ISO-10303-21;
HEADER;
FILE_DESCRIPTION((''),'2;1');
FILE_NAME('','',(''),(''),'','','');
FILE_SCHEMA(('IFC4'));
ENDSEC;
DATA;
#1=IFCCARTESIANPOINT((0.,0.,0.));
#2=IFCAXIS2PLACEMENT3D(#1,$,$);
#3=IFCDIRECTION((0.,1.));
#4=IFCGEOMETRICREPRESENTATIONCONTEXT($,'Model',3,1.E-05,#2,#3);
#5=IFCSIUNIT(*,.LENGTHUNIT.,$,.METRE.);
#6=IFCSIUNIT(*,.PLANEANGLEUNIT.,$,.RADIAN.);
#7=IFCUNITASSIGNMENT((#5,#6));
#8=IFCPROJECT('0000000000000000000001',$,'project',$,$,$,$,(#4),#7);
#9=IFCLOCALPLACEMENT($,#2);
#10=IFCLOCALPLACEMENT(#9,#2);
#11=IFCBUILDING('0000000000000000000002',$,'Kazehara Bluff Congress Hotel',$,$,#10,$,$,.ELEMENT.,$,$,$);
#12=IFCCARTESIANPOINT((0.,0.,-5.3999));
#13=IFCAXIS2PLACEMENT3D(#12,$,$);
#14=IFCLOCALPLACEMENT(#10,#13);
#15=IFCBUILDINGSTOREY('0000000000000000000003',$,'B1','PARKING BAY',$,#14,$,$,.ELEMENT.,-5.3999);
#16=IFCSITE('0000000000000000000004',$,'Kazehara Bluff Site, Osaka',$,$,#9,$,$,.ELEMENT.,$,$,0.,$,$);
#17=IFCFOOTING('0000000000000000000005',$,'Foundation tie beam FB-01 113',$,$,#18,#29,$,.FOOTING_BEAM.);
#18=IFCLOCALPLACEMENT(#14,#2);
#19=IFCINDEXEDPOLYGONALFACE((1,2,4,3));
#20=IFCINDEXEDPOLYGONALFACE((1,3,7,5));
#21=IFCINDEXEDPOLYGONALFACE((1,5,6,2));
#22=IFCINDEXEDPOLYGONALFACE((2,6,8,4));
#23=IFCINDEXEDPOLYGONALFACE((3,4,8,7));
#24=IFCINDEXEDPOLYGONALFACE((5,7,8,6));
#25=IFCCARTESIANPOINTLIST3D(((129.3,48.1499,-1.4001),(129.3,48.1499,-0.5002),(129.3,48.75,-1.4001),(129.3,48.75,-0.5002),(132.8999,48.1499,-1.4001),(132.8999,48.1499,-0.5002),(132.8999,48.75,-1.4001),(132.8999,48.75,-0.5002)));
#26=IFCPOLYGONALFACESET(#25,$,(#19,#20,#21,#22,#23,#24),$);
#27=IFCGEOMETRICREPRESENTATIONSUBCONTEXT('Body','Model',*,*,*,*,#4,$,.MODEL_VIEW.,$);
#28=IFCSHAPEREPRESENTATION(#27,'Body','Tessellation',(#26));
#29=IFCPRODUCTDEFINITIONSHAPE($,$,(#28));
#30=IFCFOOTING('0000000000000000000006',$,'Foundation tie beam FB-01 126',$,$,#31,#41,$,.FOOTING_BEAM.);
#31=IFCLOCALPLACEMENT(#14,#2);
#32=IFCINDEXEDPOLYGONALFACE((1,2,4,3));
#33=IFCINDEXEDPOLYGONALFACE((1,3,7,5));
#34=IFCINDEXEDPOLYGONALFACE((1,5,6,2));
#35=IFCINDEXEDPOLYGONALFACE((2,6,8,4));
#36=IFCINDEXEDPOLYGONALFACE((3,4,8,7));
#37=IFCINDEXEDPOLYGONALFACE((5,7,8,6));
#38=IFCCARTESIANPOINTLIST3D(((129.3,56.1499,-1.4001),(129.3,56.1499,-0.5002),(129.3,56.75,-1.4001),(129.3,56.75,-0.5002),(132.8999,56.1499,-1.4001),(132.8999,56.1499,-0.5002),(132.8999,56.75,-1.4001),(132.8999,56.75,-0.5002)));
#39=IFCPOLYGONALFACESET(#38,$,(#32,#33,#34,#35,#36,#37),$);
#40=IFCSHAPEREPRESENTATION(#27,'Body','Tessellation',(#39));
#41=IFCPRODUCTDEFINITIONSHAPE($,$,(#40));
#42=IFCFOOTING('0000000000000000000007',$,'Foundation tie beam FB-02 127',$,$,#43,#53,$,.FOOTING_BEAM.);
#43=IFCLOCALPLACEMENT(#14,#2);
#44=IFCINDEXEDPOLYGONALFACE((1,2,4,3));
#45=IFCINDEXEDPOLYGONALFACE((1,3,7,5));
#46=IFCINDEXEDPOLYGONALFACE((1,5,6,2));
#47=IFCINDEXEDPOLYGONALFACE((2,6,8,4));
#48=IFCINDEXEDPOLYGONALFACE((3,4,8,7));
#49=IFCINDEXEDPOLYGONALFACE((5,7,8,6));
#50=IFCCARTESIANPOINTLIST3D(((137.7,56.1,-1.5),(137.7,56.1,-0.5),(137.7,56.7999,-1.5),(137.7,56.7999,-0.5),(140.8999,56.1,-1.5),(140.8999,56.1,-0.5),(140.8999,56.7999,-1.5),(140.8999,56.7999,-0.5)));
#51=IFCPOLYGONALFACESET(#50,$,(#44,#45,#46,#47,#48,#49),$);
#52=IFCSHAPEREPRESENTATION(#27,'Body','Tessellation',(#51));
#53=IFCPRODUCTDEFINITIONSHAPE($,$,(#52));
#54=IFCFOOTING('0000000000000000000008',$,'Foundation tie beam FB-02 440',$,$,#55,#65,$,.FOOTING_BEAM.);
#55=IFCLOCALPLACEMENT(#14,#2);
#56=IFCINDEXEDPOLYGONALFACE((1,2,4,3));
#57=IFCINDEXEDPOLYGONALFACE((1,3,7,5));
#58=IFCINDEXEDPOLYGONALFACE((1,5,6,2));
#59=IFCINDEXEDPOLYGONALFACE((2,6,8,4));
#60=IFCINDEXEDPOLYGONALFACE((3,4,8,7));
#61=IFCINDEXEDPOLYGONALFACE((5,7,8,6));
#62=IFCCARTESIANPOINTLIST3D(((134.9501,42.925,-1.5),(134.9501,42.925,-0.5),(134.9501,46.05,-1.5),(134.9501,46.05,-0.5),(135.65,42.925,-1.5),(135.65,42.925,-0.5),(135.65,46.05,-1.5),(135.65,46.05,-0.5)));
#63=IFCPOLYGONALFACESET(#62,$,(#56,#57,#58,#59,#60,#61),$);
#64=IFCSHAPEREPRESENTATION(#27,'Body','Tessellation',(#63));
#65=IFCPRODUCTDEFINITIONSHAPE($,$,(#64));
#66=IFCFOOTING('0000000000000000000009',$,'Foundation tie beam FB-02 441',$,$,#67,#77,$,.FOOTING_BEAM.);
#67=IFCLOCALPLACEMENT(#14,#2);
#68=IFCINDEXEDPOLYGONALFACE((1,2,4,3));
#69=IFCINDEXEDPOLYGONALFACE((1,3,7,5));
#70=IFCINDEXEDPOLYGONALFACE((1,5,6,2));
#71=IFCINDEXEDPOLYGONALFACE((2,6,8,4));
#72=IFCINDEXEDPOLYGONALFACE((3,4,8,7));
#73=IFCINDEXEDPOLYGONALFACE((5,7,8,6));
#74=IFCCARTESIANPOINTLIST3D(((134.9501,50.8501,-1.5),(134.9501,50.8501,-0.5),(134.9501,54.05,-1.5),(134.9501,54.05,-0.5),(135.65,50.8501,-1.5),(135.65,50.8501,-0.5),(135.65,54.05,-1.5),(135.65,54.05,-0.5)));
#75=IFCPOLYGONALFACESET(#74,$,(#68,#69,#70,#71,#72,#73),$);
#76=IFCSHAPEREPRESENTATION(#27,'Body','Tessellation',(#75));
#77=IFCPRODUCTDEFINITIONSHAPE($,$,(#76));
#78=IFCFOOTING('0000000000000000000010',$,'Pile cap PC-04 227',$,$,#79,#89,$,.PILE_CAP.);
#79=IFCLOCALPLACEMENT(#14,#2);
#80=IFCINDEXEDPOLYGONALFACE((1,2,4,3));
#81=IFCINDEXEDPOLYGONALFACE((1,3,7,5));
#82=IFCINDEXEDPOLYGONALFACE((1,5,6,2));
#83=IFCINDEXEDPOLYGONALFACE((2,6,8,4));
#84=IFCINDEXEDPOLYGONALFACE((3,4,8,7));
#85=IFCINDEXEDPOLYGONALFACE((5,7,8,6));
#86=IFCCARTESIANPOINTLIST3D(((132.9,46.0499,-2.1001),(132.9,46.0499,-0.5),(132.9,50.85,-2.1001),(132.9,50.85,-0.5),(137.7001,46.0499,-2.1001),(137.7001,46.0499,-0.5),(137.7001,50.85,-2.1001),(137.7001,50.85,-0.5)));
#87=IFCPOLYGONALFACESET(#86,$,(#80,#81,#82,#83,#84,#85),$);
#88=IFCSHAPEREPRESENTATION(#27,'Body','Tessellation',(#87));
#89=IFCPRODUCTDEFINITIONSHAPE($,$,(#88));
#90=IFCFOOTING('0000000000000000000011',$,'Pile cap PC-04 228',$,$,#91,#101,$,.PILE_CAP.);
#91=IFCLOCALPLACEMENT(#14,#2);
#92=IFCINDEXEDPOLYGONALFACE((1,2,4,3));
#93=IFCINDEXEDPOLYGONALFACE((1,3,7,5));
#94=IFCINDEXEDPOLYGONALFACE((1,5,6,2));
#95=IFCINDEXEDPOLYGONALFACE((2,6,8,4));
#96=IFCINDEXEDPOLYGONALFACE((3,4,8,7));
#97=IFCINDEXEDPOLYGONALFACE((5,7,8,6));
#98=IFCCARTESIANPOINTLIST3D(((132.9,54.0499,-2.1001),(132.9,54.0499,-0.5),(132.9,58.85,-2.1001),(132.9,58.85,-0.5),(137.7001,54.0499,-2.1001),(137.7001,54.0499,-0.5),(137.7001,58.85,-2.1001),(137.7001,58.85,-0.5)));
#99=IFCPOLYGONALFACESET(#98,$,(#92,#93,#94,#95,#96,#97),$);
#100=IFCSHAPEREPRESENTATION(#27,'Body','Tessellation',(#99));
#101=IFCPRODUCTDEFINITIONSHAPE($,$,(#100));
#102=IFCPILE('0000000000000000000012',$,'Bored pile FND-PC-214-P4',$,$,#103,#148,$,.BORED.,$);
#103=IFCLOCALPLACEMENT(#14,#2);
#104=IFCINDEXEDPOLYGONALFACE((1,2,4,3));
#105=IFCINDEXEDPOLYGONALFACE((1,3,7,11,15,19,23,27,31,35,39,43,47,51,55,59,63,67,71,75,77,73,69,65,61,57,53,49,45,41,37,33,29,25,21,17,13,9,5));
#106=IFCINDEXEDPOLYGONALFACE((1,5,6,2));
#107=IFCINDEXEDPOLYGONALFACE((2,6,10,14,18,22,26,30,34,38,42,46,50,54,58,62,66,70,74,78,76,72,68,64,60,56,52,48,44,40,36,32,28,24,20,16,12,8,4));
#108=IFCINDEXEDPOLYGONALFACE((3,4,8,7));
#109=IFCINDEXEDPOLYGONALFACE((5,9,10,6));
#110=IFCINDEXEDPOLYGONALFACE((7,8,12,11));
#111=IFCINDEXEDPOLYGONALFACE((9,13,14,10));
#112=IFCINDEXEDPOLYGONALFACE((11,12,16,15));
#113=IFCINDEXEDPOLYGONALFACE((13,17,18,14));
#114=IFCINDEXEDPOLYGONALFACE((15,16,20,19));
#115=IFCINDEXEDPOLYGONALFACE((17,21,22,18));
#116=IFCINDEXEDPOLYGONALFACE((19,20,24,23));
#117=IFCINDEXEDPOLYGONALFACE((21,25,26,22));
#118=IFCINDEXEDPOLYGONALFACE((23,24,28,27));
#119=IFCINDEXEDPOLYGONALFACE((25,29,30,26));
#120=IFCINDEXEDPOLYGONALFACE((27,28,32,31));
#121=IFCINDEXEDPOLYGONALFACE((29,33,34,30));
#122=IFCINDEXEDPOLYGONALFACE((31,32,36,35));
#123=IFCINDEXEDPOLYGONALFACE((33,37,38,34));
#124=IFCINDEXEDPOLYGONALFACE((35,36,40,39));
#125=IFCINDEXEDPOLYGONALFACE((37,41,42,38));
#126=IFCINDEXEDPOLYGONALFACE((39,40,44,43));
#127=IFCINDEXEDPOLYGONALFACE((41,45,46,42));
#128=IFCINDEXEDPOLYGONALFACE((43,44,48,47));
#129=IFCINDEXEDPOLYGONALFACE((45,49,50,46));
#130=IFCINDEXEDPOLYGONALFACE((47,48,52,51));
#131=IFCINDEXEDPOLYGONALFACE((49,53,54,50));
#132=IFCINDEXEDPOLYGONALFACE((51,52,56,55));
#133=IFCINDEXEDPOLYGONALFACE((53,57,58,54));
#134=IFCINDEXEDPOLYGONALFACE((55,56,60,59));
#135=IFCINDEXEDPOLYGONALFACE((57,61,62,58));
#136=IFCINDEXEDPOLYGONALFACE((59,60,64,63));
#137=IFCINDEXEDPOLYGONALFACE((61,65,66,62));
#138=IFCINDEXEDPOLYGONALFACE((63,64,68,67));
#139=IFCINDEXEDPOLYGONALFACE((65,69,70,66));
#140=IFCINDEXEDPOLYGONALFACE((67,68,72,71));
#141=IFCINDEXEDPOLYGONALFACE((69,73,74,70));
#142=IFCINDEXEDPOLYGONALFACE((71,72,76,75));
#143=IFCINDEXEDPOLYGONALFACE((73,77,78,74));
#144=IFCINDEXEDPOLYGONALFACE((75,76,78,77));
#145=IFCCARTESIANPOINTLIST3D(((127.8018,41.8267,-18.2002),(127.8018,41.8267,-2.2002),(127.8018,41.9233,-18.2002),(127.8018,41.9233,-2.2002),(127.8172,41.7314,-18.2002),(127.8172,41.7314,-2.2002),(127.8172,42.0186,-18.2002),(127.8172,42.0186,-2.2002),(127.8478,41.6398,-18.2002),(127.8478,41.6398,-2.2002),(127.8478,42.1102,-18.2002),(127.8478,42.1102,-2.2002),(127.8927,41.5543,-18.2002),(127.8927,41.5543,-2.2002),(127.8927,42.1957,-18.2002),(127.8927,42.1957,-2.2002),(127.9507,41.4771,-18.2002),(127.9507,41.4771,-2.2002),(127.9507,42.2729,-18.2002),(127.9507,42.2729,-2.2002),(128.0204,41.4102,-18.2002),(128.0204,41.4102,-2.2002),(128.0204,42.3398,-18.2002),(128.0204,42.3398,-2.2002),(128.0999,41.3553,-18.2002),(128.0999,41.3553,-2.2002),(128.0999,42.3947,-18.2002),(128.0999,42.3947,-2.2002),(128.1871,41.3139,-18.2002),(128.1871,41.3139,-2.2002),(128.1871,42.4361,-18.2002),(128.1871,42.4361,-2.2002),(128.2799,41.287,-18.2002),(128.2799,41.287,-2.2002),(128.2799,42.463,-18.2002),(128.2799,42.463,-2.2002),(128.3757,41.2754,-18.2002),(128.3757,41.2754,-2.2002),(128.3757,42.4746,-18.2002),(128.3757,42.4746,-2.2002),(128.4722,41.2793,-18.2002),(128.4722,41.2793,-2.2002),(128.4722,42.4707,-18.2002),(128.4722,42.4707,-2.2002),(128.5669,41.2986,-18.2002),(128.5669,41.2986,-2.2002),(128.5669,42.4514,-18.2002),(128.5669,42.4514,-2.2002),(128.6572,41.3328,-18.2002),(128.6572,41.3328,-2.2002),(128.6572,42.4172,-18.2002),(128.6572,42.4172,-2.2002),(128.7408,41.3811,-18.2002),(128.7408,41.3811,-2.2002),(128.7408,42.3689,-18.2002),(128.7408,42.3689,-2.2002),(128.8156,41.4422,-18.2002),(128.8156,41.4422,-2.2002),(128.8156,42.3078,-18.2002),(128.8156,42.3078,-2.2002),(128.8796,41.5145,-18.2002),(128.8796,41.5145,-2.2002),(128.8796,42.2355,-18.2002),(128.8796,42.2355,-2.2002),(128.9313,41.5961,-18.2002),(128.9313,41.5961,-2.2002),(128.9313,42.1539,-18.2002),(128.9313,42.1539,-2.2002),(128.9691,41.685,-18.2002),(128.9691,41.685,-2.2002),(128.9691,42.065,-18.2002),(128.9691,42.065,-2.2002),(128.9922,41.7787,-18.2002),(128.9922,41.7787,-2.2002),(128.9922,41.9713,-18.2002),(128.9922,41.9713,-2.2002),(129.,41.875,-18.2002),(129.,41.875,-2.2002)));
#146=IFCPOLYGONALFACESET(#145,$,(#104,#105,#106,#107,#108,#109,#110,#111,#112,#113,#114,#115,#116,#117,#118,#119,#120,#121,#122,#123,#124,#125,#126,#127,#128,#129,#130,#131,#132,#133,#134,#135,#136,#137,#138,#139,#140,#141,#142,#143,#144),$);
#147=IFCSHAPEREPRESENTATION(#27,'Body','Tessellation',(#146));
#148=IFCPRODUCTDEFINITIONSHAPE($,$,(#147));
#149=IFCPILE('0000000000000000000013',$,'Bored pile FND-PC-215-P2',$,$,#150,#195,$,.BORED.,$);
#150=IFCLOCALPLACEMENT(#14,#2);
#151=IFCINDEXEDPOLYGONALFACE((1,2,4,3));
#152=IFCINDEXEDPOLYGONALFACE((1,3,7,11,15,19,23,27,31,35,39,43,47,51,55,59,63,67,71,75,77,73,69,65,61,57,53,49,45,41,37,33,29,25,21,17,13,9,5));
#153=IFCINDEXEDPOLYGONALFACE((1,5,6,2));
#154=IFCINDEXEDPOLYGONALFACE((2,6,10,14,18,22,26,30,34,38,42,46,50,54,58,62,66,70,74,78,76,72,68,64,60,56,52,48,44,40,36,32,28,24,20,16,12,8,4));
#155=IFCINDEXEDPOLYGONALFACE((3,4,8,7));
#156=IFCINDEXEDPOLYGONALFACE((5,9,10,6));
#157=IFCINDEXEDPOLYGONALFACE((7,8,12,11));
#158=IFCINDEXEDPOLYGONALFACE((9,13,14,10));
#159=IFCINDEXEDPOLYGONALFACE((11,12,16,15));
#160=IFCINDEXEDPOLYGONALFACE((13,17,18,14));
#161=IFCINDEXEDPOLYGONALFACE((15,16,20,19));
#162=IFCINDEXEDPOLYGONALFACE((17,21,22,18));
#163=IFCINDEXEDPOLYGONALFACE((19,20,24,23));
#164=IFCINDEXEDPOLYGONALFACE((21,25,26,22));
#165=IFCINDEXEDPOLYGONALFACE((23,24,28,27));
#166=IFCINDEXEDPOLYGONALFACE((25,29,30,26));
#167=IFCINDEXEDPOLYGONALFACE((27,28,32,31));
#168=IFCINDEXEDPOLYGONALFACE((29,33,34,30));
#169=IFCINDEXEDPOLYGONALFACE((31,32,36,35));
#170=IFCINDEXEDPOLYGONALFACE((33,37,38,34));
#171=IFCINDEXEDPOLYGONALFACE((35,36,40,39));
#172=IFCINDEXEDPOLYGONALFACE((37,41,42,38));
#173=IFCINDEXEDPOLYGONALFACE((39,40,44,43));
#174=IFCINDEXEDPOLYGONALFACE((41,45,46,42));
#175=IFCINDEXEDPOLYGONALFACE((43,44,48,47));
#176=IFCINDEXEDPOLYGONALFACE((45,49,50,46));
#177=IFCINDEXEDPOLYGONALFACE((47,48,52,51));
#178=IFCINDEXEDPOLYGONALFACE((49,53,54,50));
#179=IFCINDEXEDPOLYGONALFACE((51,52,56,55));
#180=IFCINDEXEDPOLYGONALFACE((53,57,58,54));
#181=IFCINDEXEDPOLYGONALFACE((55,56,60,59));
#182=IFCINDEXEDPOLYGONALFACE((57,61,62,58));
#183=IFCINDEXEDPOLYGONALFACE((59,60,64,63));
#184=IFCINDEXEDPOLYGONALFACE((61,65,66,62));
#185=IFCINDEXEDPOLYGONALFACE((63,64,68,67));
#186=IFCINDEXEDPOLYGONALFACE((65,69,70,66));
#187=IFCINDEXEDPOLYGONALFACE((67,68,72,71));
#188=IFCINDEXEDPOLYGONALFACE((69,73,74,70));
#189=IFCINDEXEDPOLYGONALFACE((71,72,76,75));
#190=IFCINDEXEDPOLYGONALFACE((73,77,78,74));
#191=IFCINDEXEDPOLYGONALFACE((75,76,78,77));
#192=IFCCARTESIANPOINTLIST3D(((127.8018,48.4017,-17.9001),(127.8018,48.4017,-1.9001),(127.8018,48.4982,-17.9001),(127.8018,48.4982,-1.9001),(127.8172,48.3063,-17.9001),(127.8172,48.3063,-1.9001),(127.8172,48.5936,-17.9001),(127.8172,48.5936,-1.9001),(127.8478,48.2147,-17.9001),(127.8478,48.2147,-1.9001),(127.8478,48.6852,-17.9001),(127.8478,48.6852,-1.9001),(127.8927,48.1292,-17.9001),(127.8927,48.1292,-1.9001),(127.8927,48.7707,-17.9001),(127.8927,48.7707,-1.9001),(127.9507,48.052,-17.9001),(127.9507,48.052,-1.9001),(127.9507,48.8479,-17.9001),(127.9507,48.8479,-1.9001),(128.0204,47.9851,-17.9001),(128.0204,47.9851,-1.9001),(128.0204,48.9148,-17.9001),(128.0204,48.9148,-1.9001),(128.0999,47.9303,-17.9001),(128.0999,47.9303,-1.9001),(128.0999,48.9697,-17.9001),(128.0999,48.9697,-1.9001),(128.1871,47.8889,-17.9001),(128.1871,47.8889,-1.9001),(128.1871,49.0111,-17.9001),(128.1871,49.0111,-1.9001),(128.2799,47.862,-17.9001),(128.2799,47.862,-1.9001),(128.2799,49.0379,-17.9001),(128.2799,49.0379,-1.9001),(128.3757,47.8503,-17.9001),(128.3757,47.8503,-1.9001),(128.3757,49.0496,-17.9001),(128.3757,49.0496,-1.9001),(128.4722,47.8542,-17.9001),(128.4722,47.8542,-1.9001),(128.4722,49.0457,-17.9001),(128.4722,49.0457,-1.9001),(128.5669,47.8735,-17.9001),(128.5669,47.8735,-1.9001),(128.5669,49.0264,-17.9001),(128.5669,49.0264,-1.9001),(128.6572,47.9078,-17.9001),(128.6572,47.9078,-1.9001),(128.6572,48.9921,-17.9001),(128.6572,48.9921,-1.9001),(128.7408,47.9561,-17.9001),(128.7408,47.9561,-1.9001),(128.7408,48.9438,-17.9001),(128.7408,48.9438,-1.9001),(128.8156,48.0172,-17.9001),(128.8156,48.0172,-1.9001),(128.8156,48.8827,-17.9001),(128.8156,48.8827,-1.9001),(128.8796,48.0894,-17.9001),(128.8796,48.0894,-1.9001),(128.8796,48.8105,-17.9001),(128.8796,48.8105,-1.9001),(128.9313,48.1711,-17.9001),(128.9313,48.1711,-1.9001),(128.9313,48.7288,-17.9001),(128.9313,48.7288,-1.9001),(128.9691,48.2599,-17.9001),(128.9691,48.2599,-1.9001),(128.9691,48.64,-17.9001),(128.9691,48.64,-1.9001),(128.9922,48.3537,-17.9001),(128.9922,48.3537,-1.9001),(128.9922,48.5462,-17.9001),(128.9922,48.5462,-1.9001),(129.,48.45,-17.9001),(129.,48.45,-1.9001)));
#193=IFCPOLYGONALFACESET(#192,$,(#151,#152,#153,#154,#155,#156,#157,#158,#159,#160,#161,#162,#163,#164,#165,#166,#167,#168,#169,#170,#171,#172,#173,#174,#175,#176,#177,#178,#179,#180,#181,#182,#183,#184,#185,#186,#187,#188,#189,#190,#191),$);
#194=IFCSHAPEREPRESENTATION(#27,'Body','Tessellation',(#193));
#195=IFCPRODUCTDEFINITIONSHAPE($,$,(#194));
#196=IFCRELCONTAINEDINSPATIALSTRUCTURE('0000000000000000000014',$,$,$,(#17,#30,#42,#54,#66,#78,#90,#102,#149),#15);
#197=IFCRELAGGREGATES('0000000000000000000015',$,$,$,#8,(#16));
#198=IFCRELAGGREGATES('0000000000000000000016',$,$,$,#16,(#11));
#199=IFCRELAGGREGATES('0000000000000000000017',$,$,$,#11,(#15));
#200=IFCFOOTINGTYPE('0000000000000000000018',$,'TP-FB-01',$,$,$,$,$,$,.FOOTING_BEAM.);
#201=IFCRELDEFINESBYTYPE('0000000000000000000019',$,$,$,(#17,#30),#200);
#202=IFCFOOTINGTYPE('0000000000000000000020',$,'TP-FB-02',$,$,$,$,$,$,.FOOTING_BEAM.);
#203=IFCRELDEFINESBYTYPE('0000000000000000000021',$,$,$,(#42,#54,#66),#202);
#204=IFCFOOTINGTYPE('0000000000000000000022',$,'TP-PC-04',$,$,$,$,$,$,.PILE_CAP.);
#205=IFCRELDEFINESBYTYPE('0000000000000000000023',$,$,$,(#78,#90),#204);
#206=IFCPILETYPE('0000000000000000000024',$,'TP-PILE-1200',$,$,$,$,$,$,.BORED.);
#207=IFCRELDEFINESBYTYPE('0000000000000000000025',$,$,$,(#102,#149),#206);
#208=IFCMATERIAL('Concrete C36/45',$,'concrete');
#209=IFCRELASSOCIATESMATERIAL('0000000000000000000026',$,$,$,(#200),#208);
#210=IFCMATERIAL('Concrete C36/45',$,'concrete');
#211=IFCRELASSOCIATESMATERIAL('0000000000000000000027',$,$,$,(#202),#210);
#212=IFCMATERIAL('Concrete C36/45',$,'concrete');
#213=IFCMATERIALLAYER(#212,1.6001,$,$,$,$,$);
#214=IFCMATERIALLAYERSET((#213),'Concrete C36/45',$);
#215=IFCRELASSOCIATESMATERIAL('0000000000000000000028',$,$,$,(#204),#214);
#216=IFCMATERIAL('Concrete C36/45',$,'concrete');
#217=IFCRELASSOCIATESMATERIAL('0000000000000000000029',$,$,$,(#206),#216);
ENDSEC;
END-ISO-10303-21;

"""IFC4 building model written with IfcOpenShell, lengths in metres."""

from ifc_helpers import new_model, si_unit, direction, frame, origin, origin_2d, place, context, subcontext, project, spatial, rectangle, circle, extrude, material, layer, layer_set, material_profile, profile_set, type_object, element, save


model = new_model("IFC4")

# Units and contexts
model_context = context("Model", 3, precision=1e-05, world=origin(), true_north=direction((0.0, 1.0)))
body_context = subcontext(model_context, "Body", "Model", "MODEL_VIEW")
ifc_project = project(units=[si_unit("LENGTHUNIT", "METRE"), si_unit("PLANEANGLEUNIT", "RADIAN")], contexts=[model_context])

# Site, building, storey
site_placement = place(None, origin())
site = spatial("IfcSite", under=ifc_project, at=site_placement, Name="Kazehara Bluff Site, Osaka", CompositionType="ELEMENT", RefElevation=0.0)
building_placement = place(site_placement, origin())
building = spatial("IfcBuilding", under=site, at=building_placement, Name="Kazehara Bluff Congress Hotel", CompositionType="ELEMENT")
storey_placement = place(building_placement, frame((0.0, 0.0, -5.3999)))
storey = spatial("IfcBuildingStorey", under=building, at=storey_placement, Name="B1", Description="PARKING BAY", CompositionType="ELEMENT", Elevation=-5.3999)

# Footings
ifc_material_1 = material(Name="Concrete C36/45", Category="concrete")
ifc_material_profile_1 = material_profile(ifc_material_1, rectangle(XDim=0.6001, YDim=0.8999, at=origin_2d()))
ifc_profile_set_1 = profile_set([ifc_material_profile_1], Name="Concrete C36/45")
footing_type_1 = type_object("IfcFootingType", Name="TP-FB-01", PredefinedType="FOOTING_BEAM", material=ifc_profile_set_1)
for number, where, z_axis, x_axis, name in (
    (1, (129.3, 48.45, -0.9502), (1.0, 0.0, 0.0), (0.0, 1.0, 0.0), "Foundation tie beam FB-01 113"),
    (2, (129.3, 56.45, -0.9502), (1.0, 0.0, 0.0), (0.0, 1.0, 0.0), "Foundation tie beam FB-01 126"),
):
    element("IfcFooting", number, at=place(storey_placement, frame(where, z_axis=z_axis, x_axis=x_axis)), inside=storey, type_object=footing_type_1, Name=name, PredefinedType="FOOTING_BEAM", context=body_context, shape_type="SweptSolid", body=[
        extrude(rectangle(XDim=0.6001, YDim=0.8999, at=origin_2d()), origin(), (0.0, 0.0, 1.0), 3.5999),
    ])
ifc_material_2 = material(Name="Concrete C36/45", Category="concrete")
ifc_material_profile_2 = material_profile(ifc_material_2, rectangle(XDim=0.7, YDim=1.0, at=origin_2d()))
ifc_profile_set_2 = profile_set([ifc_material_profile_2], Name="Concrete C36/45")
footing_type_2 = type_object("IfcFootingType", Name="TP-FB-02", PredefinedType="FOOTING_BEAM", material=ifc_profile_set_2)
footing_1_placement = place(storey_placement, frame((137.7, 56.45, -1.0), z_axis=(1.0, 0.0, 0.0), x_axis=(0.0, 1.0, 0.0)))
element("IfcFooting", 3, at=footing_1_placement, inside=storey, type_object=footing_type_2, Name="Foundation tie beam FB-02 127", PredefinedType="FOOTING_BEAM", context=body_context, shape_type="SweptSolid", body=[
    extrude(rectangle(XDim=0.7, YDim=1.0, at=origin_2d()), origin(), (0.0, 0.0, 1.0), 3.2),
])
footing_2_placement = place(storey_placement, frame((135.3, 42.925, -1.0), z_axis=(0.0, 1.0, 0.0), x_axis=(-1.0, 0.0, 0.0)))
element("IfcFooting", 4, at=footing_2_placement, inside=storey, type_object=footing_type_2, Name="Foundation tie beam FB-02 440", PredefinedType="FOOTING_BEAM", context=body_context, shape_type="SweptSolid", body=[
    extrude(rectangle(XDim=0.7, YDim=1.0, at=origin_2d()), origin(), (0.0, 0.0, 1.0), 3.125),
])
footing_3_placement = place(storey_placement, frame((135.3, 50.8501, -1.0), z_axis=(0.0, 1.0, 0.0), x_axis=(-1.0, 0.0, 0.0)))
element("IfcFooting", 5, at=footing_3_placement, inside=storey, type_object=footing_type_2, Name="Foundation tie beam FB-02 441", PredefinedType="FOOTING_BEAM", context=body_context, shape_type="SweptSolid", body=[
    extrude(rectangle(XDim=0.7, YDim=1.0, at=origin_2d()), origin(), (0.0, 0.0, 1.0), 3.2),
])
ifc_material_3 = material(Name="Concrete C36/45", Category="concrete")
ifc_layer = layer(ifc_material_3, 1.6001)
ifc_layer_set = layer_set([ifc_layer], Name="Concrete C36/45")
footing_type_3 = type_object("IfcFootingType", Name="TP-PC-04", PredefinedType="PILE_CAP", material=ifc_layer_set)
for number, where, z_axis, x_axis, name in (
    (6, (135.3, 48.45, -2.1001), (0.0, 0.0, 1.0), (1.0, 0.0, 0.0), "Pile cap PC-04 227"),
    (7, (135.3, 56.45, -2.1001), (0.0, 0.0, 1.0), (1.0, 0.0, 0.0), "Pile cap PC-04 228"),
):
    element("IfcFooting", number, at=place(storey_placement, frame(where, z_axis=z_axis, x_axis=x_axis)), inside=storey, type_object=footing_type_3, Name=name, PredefinedType="PILE_CAP", context=body_context, shape_type="SweptSolid", body=[
        extrude(rectangle(XDim=4.8, YDim=4.8, at=origin_2d()), origin(), (0.0, 0.0, 1.0), 1.6001),
    ])

# Piles
ifc_material_4 = material(Name="Concrete C36/45", Category="concrete")
ifc_material_profile_3 = material_profile(ifc_material_4, circle(Radius=0.6001, at=origin_2d()))
ifc_profile_set_3 = profile_set([ifc_material_profile_3], Name="Concrete C36/45")
pile_type = type_object("IfcPileType", Name="TP-PILE-1200", PredefinedType="BORED", material=ifc_profile_set_3)
for number, where, z_axis, x_axis, name in (
    (8, (128.3999, 41.875, -2.2002), (0.0, 0.0, -1.0), (1.0, 0.0, 0.0), "Bored pile FND-PC-214-P4"),
    (9, (128.3999, 48.45, -1.9001), (0.0, 0.0, -1.0), (1.0, 0.0, 0.0), "Bored pile FND-PC-215-P2"),
):
    element("IfcPile", number, at=place(storey_placement, frame(where, z_axis=z_axis, x_axis=x_axis)), inside=storey, type_object=pile_type, Name=name, PredefinedType="BORED", context=body_context, shape_type="SweptSolid", body=[
        extrude(circle(Radius=0.6001, at=origin_2d()), origin(), (0.0, 0.0, 1.0), 16.0),
    ])

save(model, "model.ifc")
